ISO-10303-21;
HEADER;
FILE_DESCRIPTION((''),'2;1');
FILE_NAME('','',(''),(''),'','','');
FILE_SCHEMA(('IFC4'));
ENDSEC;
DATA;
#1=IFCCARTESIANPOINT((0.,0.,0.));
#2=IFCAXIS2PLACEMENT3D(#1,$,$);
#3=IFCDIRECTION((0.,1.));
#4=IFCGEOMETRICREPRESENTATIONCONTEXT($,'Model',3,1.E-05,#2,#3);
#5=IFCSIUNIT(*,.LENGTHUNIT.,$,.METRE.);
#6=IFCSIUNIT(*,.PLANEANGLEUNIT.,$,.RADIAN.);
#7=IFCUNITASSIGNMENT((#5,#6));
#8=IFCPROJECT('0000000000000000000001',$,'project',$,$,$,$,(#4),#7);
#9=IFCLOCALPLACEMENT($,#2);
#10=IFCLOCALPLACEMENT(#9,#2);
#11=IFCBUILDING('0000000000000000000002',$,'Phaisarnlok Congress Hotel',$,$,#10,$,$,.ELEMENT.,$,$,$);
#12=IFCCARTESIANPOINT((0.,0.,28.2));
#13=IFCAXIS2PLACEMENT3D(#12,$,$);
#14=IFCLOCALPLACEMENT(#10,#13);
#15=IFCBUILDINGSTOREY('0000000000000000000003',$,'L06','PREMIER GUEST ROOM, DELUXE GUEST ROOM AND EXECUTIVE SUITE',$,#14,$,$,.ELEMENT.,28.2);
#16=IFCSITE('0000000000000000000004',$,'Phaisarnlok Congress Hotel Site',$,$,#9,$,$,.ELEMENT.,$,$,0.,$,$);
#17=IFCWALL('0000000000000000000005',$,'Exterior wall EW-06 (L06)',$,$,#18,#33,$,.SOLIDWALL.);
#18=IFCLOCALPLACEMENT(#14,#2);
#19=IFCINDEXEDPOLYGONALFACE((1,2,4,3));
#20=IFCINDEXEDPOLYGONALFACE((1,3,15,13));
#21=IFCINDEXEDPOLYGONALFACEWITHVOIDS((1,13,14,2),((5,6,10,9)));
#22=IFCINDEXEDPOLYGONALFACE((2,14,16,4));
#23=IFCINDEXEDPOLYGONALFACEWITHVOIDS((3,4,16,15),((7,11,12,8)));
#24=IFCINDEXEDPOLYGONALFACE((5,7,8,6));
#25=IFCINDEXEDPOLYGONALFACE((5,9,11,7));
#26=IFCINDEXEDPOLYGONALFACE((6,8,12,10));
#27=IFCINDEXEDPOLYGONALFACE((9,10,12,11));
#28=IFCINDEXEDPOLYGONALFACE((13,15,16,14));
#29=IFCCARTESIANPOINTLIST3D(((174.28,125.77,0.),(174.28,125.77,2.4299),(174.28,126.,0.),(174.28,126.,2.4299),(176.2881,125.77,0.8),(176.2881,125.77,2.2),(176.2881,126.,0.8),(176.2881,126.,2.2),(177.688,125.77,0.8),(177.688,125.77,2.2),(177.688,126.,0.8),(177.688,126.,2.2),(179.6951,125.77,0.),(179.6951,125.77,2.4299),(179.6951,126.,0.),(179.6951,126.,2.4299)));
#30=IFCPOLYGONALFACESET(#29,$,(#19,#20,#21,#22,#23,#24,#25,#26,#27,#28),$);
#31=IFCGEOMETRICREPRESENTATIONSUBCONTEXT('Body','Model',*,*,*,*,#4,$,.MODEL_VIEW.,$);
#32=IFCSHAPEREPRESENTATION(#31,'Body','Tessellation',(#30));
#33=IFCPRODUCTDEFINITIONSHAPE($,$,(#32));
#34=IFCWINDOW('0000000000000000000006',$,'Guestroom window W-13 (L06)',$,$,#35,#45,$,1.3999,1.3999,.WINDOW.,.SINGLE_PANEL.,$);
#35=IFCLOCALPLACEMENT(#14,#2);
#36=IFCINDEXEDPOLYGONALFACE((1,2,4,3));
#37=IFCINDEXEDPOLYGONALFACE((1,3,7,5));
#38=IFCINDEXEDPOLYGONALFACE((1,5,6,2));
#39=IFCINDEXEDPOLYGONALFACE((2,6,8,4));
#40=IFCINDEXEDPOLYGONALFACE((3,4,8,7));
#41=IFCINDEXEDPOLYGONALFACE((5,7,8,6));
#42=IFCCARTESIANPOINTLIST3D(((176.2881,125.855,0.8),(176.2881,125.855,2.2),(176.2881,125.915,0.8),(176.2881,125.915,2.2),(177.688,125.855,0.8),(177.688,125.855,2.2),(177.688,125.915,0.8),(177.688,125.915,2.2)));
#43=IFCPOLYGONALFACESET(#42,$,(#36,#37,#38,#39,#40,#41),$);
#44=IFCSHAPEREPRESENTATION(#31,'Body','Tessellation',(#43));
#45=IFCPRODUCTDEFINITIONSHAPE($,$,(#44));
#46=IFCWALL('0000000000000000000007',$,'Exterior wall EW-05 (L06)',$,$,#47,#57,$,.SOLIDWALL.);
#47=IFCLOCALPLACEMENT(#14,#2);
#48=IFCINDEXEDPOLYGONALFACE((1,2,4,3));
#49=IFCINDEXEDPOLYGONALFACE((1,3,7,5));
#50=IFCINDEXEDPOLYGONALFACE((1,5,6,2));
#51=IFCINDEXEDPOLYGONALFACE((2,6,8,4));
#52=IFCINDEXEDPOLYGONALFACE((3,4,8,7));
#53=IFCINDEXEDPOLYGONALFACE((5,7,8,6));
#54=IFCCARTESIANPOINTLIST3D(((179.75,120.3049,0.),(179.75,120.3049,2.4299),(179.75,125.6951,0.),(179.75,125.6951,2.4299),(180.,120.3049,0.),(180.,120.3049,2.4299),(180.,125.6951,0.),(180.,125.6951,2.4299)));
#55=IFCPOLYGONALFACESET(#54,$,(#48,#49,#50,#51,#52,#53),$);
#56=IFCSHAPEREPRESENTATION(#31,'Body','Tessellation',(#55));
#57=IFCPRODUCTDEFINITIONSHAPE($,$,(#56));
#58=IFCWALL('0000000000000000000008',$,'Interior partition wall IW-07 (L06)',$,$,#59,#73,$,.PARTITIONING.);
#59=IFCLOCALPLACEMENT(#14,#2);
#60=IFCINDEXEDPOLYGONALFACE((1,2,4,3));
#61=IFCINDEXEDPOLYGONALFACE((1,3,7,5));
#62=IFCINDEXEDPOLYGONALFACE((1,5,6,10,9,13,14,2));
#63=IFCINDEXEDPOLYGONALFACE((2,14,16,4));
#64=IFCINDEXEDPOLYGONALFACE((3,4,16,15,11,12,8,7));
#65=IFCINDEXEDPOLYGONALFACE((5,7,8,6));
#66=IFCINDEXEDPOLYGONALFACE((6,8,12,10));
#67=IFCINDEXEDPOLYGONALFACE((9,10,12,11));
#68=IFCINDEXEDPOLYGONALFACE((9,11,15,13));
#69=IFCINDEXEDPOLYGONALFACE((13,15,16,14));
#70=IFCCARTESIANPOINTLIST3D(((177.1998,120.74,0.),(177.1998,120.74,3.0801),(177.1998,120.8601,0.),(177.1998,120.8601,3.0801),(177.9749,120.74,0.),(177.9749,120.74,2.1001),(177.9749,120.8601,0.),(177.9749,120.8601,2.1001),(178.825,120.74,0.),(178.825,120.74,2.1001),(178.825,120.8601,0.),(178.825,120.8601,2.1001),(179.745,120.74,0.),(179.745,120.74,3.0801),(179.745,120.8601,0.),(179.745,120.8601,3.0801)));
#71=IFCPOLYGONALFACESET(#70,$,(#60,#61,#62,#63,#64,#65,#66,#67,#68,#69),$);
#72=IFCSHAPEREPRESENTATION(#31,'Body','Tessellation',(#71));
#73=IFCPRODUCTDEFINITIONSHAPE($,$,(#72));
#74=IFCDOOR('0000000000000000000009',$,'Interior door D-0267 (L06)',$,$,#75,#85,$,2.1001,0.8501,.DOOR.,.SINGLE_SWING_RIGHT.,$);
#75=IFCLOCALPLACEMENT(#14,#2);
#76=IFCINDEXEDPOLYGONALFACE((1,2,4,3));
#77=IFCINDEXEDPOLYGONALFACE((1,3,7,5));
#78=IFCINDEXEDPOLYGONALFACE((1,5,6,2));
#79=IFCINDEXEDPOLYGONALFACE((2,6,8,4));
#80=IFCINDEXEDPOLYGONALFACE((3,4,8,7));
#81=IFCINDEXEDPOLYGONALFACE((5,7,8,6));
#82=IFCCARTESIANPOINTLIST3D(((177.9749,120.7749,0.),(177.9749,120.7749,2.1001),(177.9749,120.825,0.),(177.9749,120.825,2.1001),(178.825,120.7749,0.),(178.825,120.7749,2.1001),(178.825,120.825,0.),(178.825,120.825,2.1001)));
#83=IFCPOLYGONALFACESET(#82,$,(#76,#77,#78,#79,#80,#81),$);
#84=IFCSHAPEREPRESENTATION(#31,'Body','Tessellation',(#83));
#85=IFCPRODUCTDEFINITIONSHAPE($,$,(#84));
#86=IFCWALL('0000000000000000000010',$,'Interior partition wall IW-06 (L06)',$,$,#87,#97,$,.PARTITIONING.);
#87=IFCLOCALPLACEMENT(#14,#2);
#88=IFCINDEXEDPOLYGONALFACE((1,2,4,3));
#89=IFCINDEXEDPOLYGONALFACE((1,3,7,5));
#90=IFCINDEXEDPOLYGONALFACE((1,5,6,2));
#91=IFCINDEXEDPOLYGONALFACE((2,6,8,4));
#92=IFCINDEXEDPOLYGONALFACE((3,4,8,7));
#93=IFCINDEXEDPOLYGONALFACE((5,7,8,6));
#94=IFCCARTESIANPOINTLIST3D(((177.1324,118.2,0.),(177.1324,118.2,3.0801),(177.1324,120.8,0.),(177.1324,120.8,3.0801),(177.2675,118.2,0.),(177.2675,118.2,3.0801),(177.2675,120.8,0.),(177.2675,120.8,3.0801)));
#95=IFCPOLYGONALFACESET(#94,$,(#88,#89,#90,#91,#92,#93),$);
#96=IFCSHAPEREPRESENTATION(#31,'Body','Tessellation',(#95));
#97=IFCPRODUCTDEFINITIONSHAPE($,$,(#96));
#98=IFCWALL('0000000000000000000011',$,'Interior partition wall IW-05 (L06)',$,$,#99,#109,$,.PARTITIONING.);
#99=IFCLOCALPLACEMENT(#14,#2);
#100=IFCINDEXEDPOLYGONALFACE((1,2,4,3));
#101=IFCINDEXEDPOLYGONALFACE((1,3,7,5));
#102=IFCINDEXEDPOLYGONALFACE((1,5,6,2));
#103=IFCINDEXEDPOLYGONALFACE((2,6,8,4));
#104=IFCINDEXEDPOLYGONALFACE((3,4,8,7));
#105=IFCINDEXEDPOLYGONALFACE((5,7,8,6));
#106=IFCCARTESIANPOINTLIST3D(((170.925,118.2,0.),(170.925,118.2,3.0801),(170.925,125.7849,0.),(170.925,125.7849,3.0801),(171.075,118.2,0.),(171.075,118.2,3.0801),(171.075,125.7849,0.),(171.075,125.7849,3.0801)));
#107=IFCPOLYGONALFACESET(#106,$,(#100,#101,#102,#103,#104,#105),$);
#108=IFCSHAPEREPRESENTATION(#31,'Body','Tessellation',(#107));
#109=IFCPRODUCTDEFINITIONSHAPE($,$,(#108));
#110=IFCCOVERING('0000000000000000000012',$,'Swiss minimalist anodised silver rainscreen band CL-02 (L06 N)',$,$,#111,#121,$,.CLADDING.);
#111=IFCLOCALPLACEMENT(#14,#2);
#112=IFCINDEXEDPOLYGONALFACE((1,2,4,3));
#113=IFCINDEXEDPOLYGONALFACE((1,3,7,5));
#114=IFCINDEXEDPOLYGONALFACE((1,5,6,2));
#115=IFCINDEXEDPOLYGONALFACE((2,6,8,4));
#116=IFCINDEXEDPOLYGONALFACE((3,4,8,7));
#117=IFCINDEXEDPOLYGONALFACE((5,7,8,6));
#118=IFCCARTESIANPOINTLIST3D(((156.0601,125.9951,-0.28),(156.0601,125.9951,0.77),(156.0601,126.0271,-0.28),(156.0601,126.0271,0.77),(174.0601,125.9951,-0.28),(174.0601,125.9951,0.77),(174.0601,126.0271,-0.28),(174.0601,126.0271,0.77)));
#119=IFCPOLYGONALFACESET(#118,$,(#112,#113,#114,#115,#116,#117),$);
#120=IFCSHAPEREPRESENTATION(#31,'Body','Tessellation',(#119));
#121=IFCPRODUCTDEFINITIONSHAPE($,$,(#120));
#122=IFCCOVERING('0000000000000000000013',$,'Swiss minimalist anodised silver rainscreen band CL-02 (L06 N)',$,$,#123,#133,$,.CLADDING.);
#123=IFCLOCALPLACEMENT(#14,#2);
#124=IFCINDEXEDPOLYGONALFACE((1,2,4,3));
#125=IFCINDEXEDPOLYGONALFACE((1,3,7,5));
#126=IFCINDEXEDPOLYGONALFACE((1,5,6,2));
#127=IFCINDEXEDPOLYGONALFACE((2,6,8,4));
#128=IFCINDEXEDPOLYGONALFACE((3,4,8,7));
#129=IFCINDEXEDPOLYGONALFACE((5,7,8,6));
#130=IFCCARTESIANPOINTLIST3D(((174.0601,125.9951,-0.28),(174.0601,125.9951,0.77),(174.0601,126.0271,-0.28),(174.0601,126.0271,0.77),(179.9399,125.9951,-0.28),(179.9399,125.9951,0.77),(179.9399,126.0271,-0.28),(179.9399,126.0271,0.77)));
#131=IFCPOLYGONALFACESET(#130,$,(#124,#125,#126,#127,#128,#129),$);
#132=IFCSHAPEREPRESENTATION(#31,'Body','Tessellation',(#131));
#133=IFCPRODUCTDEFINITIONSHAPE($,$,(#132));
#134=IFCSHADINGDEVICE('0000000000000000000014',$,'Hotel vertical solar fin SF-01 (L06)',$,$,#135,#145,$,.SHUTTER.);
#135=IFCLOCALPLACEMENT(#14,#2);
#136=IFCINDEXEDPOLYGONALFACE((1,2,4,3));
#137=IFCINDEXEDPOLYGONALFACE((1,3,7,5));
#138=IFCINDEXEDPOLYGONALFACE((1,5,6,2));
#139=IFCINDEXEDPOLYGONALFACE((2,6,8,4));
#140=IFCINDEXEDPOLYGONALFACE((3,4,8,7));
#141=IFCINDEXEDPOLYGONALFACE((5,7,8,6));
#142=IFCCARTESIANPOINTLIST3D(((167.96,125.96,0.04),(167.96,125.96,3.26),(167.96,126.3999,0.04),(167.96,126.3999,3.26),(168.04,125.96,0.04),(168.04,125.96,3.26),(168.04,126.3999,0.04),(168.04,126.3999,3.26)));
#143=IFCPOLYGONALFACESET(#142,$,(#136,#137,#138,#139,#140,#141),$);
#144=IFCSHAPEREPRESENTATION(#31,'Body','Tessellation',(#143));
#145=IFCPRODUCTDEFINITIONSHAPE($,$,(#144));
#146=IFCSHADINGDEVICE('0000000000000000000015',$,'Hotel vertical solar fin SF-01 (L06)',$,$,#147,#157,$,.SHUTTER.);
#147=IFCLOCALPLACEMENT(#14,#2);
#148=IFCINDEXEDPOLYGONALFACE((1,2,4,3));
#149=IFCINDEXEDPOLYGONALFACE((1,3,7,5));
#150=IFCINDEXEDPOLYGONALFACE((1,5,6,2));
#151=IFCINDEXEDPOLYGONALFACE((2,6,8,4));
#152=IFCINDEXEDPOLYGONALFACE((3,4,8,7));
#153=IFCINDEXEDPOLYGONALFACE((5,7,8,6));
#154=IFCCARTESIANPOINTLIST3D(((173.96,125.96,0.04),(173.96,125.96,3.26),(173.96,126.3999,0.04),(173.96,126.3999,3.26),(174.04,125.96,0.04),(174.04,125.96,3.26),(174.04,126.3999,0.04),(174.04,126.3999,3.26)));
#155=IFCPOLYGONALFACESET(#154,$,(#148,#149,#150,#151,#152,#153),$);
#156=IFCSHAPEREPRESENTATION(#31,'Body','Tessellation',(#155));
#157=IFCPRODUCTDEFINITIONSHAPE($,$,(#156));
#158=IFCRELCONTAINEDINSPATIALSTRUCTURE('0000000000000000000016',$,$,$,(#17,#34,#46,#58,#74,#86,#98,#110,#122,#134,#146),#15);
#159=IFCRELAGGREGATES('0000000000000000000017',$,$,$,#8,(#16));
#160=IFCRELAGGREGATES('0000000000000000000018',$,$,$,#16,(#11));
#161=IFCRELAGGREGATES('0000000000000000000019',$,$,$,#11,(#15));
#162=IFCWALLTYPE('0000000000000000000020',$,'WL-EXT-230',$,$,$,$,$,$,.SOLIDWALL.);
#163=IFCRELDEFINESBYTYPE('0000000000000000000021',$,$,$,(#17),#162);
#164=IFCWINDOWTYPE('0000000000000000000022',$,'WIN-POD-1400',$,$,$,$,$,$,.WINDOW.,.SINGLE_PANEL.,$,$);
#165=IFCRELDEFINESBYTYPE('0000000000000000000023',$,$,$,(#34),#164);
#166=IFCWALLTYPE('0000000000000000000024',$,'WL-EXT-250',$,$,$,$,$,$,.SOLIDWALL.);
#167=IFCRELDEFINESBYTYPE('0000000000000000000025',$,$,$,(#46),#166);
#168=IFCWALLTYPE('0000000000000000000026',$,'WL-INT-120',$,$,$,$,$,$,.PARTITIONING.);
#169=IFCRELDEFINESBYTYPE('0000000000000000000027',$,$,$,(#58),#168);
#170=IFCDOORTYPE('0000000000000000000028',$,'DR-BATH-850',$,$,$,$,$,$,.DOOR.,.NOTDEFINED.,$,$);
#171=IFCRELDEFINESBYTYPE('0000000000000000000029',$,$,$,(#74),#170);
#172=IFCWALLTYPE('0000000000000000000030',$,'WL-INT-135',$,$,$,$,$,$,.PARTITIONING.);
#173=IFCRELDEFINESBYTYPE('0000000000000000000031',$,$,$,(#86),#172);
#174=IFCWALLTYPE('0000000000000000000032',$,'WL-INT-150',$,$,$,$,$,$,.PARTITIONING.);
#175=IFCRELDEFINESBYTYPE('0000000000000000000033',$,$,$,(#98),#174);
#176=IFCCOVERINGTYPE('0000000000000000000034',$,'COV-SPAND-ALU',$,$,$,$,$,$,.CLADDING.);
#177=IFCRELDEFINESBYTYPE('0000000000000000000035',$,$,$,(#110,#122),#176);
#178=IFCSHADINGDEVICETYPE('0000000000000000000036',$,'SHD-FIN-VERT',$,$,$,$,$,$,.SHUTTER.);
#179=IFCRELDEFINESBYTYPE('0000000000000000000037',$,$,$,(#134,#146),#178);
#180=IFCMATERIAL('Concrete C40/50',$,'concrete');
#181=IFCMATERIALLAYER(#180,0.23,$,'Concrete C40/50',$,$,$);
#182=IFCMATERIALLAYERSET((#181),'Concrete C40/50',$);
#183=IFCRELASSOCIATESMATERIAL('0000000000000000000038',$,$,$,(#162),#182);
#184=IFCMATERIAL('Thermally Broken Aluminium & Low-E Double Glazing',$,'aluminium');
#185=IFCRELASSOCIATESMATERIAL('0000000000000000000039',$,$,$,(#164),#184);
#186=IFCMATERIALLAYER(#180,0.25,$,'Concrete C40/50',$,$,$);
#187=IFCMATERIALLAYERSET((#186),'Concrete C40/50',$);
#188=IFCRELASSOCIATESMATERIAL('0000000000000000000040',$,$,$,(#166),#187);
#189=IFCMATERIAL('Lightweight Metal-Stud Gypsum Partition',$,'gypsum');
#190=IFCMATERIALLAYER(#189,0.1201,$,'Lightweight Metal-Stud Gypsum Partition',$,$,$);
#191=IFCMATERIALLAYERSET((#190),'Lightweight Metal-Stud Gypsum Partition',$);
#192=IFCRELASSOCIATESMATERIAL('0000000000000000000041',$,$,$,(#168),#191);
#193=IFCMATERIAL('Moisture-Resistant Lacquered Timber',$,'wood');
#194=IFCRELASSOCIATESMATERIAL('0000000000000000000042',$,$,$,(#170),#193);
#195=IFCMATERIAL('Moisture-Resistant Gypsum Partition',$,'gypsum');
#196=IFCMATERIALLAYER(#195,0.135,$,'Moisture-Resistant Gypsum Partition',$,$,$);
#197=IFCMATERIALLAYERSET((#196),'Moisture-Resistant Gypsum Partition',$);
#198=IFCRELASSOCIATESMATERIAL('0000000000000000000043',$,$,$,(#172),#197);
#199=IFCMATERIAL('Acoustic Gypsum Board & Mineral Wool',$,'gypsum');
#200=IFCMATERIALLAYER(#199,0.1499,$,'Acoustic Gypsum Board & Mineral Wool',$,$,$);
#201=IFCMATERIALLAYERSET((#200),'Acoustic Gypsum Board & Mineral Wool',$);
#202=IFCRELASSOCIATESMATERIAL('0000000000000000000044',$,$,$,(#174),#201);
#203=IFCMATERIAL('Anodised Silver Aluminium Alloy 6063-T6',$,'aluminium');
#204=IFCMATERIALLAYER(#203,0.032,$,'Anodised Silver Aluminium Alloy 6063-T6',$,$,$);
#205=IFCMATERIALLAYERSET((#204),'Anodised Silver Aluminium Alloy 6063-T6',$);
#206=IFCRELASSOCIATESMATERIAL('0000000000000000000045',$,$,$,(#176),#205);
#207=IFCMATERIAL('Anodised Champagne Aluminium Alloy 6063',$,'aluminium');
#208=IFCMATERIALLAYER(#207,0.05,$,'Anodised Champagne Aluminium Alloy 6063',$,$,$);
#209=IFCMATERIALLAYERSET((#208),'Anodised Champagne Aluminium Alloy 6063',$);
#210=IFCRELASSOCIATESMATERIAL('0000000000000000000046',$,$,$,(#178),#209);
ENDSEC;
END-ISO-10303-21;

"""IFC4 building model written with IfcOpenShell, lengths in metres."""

from ifc_helpers import new_model, si_unit, direction, frame, frame_2d, origin, origin_2d, place, context, subcontext, project, spatial, polyline, rectangle, outline, extrude, material, layer, layer_set, type_object, element, fill, save


model = new_model("IFC4")

# Units and contexts
model_context = context("Model", 3, precision=1e-05, world=origin(), true_north=direction((0.0, 1.0)))
body_context = subcontext(model_context, "Body", "Model", "MODEL_VIEW")
ifc_project = project(units=[si_unit("LENGTHUNIT", "METRE"), si_unit("PLANEANGLEUNIT", "RADIAN")], contexts=[model_context])

# Site, building, storey
site_placement = place(None, origin())
site = spatial("IfcSite", under=ifc_project, at=site_placement, Name="Phaisarnlok Congress Hotel Site", CompositionType="ELEMENT", RefElevation=0.0)
building_placement = place(site_placement, origin())
building = spatial("IfcBuilding", under=site, at=building_placement, Name="Phaisarnlok Congress Hotel", CompositionType="ELEMENT")
storey_placement = place(building_placement, frame((0.0, 0.0, 28.2)))
storey = spatial("IfcBuildingStorey", under=building, at=storey_placement, Name="L06", Description="PREMIER GUEST ROOM, DELUXE GUEST ROOM AND EXECUTIVE SUITE", CompositionType="ELEMENT", Elevation=28.2)

# Shared definitions
ifc_material_1 = material(Name="Concrete C40/50", Category="concrete")

# Wall, opening, window
ifc_layer_1 = layer(ifc_material_1, 0.23, Name="Concrete C40/50")
ifc_layer_set_1 = layer_set([ifc_layer_1], Name="Concrete C40/50")
wall_type_1 = type_object("IfcWallType", Name="WL-EXT-230", PredefinedType="SOLIDWALL", material=ifc_layer_set_1)
wall_1_placement = place(storey_placement, frame((179.6951, 125.885, 0.0), z_axis=(0.0, 0.0, 1.0), x_axis=(-1.0, 0.0, 0.0)))
wall_1 = element("IfcWall", 1, at=wall_1_placement, inside=storey, type_object=wall_type_1, Name="Exterior wall EW-06 (L06)", PredefinedType="SOLIDWALL", context=body_context, shape_type="SweptSolid", body=[
    extrude(rectangle(XDim=5.415, YDim=0.23, at=frame_2d((2.7075, 0.0))), origin(), (0.0, 0.0, 1.0), 2.4299),
])
opening_1_placement = place(wall_1_placement, frame((2.0071, 0.0, 0.8)))
opening_1 = element("IfcOpeningElement", 2, at=opening_1_placement, cuts=wall_1, PredefinedType="OPENING", context=body_context, shape_type="SweptSolid", body=[
    extrude(rectangle(XDim=1.3999, YDim=1.3999, at=frame_2d((0.7, 0.7))), frame((0.0, 0.125, 0.0), z_axis=(0.0, -1.0, 0.0), x_axis=(1.0, 0.0, 0.0)), (0.0, 0.0, 1.0), 0.25),
])
ifc_material_2 = material(Name="Thermally Broken Aluminium & Low-E Double Glazing", Category="aluminium")
window_type = type_object("IfcWindowType", Name="WIN-POD-1400", PartitioningType="SINGLE_PANEL", PredefinedType="WINDOW", material=ifc_material_2)
window_placement = place(opening_1_placement, origin())
window = element("IfcWindow", 3, at=window_placement, inside=storey, type_object=window_type, Name="Guestroom window W-13 (L06)", OverallHeight=1.3999, OverallWidth=1.3999, PartitioningType="SINGLE_PANEL", PredefinedType="WINDOW", context=body_context, shape_type="SweptSolid", body=[
    extrude(rectangle(XDim=1.3999, YDim=1.3999, at=frame_2d((0.7, 0.7))), frame((0.0, 0.03, 0.0), z_axis=(0.0, -1.0, 0.0), x_axis=(1.0, 0.0, 0.0)), (0.0, 0.0, 1.0), 0.0601),
])
fill(opening_1, window)

# Wall
ifc_layer_2 = layer(ifc_material_1, 0.25, Name="Concrete C40/50")
ifc_layer_set_2 = layer_set([ifc_layer_2], Name="Concrete C40/50")
wall_type_2 = type_object("IfcWallType", Name="WL-EXT-250", PredefinedType="SOLIDWALL", material=ifc_layer_set_2)
wall_2_placement = place(storey_placement, frame((179.875, 120.3049, 0.0), z_axis=(0.0, 0.0, 1.0), x_axis=(0.0, 1.0, 0.0)))
element("IfcWall", 4, at=wall_2_placement, inside=storey, type_object=wall_type_2, Name="Exterior wall EW-05 (L06)", PredefinedType="SOLIDWALL", context=body_context, shape_type="SweptSolid", body=[
    extrude(rectangle(XDim=5.3901, YDim=0.25, at=frame_2d((2.6951, 0.0))), origin(), (0.0, 0.0, 1.0), 2.4299),
])

# Wall, opening, door
ifc_material_3 = material(Name="Lightweight Metal-Stud Gypsum Partition", Category="gypsum")
ifc_layer_3 = layer(ifc_material_3, 0.1201, Name="Lightweight Metal-Stud Gypsum Partition")
ifc_layer_set_3 = layer_set([ifc_layer_3], Name="Lightweight Metal-Stud Gypsum Partition")
wall_type_3 = type_object("IfcWallType", Name="WL-INT-120", PredefinedType="PARTITIONING", material=ifc_layer_set_3)
wall_3_placement = place(storey_placement, frame((177.2, 120.8, 0.0), z_axis=(0.0, 0.0, 1.0), x_axis=(1.0, 0.0, 0.0)))
wall_3 = element("IfcWall", 5, at=wall_3_placement, inside=storey, type_object=wall_type_3, Name="Interior partition wall IW-07 (L06)", PredefinedType="PARTITIONING", context=body_context, shape_type="SweptSolid", body=[
    extrude(rectangle(XDim=2.5452, YDim=0.1201, at=frame_2d((1.2725, 0.0))), origin(), (0.0, 0.0, 1.0), 3.0801),
])
opening_2_placement = place(wall_3_placement, frame((0.7749, 0.0, 0.0)))
opening_2 = element("IfcOpeningElement", 6, at=opening_2_placement, cuts=wall_3, PredefinedType="OPENING", context=body_context, shape_type="SweptSolid", body=[
    extrude(rectangle(XDim=0.8501, YDim=2.1001, at=frame_2d((0.425, 1.05))), frame((0.0, 0.0701, 0.0), z_axis=(0.0, -1.0, 0.0), x_axis=(1.0, 0.0, 0.0)), (0.0, 0.0, 1.0), 0.1401),
])
ifc_material_4 = material(Name="Moisture-Resistant Lacquered Timber", Category="wood")
door_type = type_object("IfcDoorType", Name="DR-BATH-850", OperationType="NOTDEFINED", PredefinedType="DOOR", material=ifc_material_4)
door_placement = place(opening_2_placement, origin())
door = element("IfcDoor", 7, at=door_placement, inside=storey, type_object=door_type, Name="Interior door D-0267 (L06)", OperationType="SINGLE_SWING_RIGHT", OverallHeight=2.1001, OverallWidth=0.8501, PredefinedType="DOOR", context=body_context, shape_type="SweptSolid", body=[
    extrude(rectangle(XDim=0.8501, YDim=2.1001, at=frame_2d((0.425, 1.05))), frame((0.0, 0.0249, 0.0), z_axis=(0.0, -1.0, 0.0), x_axis=(1.0, 0.0, 0.0)), (0.0, 0.0, 1.0), 0.05),
])
fill(opening_2, door)

# Walls
ifc_material_5 = material(Name="Moisture-Resistant Gypsum Partition", Category="gypsum")
ifc_layer_4 = layer(ifc_material_5, 0.135, Name="Moisture-Resistant Gypsum Partition")
ifc_layer_set_4 = layer_set([ifc_layer_4], Name="Moisture-Resistant Gypsum Partition")
wall_type_4 = type_object("IfcWallType", Name="WL-INT-135", PredefinedType="PARTITIONING", material=ifc_layer_set_4)
wall_4_placement = place(storey_placement, frame((177.2, 118.2, 0.0), z_axis=(0.0, 0.0, 1.0), x_axis=(0.0, 1.0, 0.0)))
element("IfcWall", 8, at=wall_4_placement, inside=storey, type_object=wall_type_4, Name="Interior partition wall IW-06 (L06)", PredefinedType="PARTITIONING", context=body_context, shape_type="SweptSolid", body=[
    extrude(rectangle(XDim=2.6001, YDim=0.135, at=frame_2d((1.3, 0.0))), origin(), (0.0, 0.0, 1.0), 3.0801),
])
ifc_material_6 = material(Name="Acoustic Gypsum Board & Mineral Wool", Category="gypsum")
ifc_layer_5 = layer(ifc_material_6, 0.1499, Name="Acoustic Gypsum Board & Mineral Wool")
ifc_layer_set_5 = layer_set([ifc_layer_5], Name="Acoustic Gypsum Board & Mineral Wool")
wall_type_5 = type_object("IfcWallType", Name="WL-INT-150", PredefinedType="PARTITIONING", material=ifc_layer_set_5)
wall_5_placement = place(storey_placement, frame((171.0, 118.2, 0.0), z_axis=(0.0, 0.0, 1.0), x_axis=(0.0, 1.0, 0.0)))
element("IfcWall", 9, at=wall_5_placement, inside=storey, type_object=wall_type_5, Name="Interior partition wall IW-05 (L06)", PredefinedType="PARTITIONING", context=body_context, shape_type="SweptSolid", body=[
    extrude(rectangle(XDim=7.585, YDim=0.1499, at=frame_2d((3.7925, 0.0))), origin(), (0.0, 0.0, 1.0), 3.0801),
])

# Coverings
ifc_material_7 = material(Name="Anodised Silver Aluminium Alloy 6063-T6", Category="aluminium")
ifc_layer_6 = layer(ifc_material_7, 0.032, Name="Anodised Silver Aluminium Alloy 6063-T6")
ifc_layer_set_6 = layer_set([ifc_layer_6], Name="Anodised Silver Aluminium Alloy 6063-T6")
covering_type = type_object("IfcCoveringType", Name="COV-SPAND-ALU", PredefinedType="CLADDING", material=ifc_layer_set_6)
covering_1_placement = place(storey_placement, frame((174.0601, 125.9951, -0.28), z_axis=(0.0, 1.0, 0.0), x_axis=(-1.0, 0.0, 0.0)))
element("IfcCovering", 10, at=covering_1_placement, inside=storey, type_object=covering_type, Name="Swiss minimalist anodised silver rainscreen band CL-02 (L06 N)", PredefinedType="CLADDING", context=body_context, shape_type="SweptSolid", body=[
    extrude(outline(polyline([(0.0, 0.0), (18.0, 0.0), (18.0, 1.05), (0.0, 1.05), (0.0, 0.0)])), origin(), (0.0, 0.0, 1.0), 0.032),
])
covering_2_placement = place(storey_placement, frame((179.9399, 125.9951, -0.28), z_axis=(0.0, 1.0, 0.0), x_axis=(-1.0, 0.0, 0.0)))
element("IfcCovering", 11, at=covering_2_placement, inside=storey, type_object=covering_type, Name="Swiss minimalist anodised silver rainscreen band CL-02 (L06 N)", PredefinedType="CLADDING", context=body_context, shape_type="SweptSolid", body=[
    extrude(outline(polyline([(0.0, 0.0), (5.8799, 0.0), (5.8799, 1.05), (0.0, 1.05), (0.0, 0.0)])), origin(), (0.0, 0.0, 1.0), 0.032),
])

# Shading devices
ifc_material_8 = material(Name="Anodised Champagne Aluminium Alloy 6063", Category="aluminium")
ifc_layer_7 = layer(ifc_material_8, 0.05, Name="Anodised Champagne Aluminium Alloy 6063")
ifc_layer_set_7 = layer_set([ifc_layer_7], Name="Anodised Champagne Aluminium Alloy 6063")
shading_device_type = type_object("IfcShadingDeviceType", Name="SHD-FIN-VERT", PredefinedType="SHUTTER", material=ifc_layer_set_7)
for number, where, z_axis, x_axis, name in (
    (12, (168.0, 126.1799, 0.04), (0.0, 0.0, 1.0), (1.0, 0.0, 0.0), "Hotel vertical solar fin SF-01 (L06)"),
    (13, (174.0, 126.1799, 0.04), (0.0, 0.0, 1.0), (1.0, 0.0, 0.0), "Hotel vertical solar fin SF-01 (L06)"),
):
    element("IfcShadingDevice", number, at=place(storey_placement, frame(where, z_axis=z_axis, x_axis=x_axis)), inside=storey, type_object=shading_device_type, Name=name, PredefinedType="SHUTTER", context=body_context, shape_type="SweptSolid", body=[
        extrude(rectangle(XDim=0.0801, YDim=0.4399, at=origin_2d()), origin(), (0.0, 0.0, 1.0), 3.22),
    ])

save(model, "model.ifc")
